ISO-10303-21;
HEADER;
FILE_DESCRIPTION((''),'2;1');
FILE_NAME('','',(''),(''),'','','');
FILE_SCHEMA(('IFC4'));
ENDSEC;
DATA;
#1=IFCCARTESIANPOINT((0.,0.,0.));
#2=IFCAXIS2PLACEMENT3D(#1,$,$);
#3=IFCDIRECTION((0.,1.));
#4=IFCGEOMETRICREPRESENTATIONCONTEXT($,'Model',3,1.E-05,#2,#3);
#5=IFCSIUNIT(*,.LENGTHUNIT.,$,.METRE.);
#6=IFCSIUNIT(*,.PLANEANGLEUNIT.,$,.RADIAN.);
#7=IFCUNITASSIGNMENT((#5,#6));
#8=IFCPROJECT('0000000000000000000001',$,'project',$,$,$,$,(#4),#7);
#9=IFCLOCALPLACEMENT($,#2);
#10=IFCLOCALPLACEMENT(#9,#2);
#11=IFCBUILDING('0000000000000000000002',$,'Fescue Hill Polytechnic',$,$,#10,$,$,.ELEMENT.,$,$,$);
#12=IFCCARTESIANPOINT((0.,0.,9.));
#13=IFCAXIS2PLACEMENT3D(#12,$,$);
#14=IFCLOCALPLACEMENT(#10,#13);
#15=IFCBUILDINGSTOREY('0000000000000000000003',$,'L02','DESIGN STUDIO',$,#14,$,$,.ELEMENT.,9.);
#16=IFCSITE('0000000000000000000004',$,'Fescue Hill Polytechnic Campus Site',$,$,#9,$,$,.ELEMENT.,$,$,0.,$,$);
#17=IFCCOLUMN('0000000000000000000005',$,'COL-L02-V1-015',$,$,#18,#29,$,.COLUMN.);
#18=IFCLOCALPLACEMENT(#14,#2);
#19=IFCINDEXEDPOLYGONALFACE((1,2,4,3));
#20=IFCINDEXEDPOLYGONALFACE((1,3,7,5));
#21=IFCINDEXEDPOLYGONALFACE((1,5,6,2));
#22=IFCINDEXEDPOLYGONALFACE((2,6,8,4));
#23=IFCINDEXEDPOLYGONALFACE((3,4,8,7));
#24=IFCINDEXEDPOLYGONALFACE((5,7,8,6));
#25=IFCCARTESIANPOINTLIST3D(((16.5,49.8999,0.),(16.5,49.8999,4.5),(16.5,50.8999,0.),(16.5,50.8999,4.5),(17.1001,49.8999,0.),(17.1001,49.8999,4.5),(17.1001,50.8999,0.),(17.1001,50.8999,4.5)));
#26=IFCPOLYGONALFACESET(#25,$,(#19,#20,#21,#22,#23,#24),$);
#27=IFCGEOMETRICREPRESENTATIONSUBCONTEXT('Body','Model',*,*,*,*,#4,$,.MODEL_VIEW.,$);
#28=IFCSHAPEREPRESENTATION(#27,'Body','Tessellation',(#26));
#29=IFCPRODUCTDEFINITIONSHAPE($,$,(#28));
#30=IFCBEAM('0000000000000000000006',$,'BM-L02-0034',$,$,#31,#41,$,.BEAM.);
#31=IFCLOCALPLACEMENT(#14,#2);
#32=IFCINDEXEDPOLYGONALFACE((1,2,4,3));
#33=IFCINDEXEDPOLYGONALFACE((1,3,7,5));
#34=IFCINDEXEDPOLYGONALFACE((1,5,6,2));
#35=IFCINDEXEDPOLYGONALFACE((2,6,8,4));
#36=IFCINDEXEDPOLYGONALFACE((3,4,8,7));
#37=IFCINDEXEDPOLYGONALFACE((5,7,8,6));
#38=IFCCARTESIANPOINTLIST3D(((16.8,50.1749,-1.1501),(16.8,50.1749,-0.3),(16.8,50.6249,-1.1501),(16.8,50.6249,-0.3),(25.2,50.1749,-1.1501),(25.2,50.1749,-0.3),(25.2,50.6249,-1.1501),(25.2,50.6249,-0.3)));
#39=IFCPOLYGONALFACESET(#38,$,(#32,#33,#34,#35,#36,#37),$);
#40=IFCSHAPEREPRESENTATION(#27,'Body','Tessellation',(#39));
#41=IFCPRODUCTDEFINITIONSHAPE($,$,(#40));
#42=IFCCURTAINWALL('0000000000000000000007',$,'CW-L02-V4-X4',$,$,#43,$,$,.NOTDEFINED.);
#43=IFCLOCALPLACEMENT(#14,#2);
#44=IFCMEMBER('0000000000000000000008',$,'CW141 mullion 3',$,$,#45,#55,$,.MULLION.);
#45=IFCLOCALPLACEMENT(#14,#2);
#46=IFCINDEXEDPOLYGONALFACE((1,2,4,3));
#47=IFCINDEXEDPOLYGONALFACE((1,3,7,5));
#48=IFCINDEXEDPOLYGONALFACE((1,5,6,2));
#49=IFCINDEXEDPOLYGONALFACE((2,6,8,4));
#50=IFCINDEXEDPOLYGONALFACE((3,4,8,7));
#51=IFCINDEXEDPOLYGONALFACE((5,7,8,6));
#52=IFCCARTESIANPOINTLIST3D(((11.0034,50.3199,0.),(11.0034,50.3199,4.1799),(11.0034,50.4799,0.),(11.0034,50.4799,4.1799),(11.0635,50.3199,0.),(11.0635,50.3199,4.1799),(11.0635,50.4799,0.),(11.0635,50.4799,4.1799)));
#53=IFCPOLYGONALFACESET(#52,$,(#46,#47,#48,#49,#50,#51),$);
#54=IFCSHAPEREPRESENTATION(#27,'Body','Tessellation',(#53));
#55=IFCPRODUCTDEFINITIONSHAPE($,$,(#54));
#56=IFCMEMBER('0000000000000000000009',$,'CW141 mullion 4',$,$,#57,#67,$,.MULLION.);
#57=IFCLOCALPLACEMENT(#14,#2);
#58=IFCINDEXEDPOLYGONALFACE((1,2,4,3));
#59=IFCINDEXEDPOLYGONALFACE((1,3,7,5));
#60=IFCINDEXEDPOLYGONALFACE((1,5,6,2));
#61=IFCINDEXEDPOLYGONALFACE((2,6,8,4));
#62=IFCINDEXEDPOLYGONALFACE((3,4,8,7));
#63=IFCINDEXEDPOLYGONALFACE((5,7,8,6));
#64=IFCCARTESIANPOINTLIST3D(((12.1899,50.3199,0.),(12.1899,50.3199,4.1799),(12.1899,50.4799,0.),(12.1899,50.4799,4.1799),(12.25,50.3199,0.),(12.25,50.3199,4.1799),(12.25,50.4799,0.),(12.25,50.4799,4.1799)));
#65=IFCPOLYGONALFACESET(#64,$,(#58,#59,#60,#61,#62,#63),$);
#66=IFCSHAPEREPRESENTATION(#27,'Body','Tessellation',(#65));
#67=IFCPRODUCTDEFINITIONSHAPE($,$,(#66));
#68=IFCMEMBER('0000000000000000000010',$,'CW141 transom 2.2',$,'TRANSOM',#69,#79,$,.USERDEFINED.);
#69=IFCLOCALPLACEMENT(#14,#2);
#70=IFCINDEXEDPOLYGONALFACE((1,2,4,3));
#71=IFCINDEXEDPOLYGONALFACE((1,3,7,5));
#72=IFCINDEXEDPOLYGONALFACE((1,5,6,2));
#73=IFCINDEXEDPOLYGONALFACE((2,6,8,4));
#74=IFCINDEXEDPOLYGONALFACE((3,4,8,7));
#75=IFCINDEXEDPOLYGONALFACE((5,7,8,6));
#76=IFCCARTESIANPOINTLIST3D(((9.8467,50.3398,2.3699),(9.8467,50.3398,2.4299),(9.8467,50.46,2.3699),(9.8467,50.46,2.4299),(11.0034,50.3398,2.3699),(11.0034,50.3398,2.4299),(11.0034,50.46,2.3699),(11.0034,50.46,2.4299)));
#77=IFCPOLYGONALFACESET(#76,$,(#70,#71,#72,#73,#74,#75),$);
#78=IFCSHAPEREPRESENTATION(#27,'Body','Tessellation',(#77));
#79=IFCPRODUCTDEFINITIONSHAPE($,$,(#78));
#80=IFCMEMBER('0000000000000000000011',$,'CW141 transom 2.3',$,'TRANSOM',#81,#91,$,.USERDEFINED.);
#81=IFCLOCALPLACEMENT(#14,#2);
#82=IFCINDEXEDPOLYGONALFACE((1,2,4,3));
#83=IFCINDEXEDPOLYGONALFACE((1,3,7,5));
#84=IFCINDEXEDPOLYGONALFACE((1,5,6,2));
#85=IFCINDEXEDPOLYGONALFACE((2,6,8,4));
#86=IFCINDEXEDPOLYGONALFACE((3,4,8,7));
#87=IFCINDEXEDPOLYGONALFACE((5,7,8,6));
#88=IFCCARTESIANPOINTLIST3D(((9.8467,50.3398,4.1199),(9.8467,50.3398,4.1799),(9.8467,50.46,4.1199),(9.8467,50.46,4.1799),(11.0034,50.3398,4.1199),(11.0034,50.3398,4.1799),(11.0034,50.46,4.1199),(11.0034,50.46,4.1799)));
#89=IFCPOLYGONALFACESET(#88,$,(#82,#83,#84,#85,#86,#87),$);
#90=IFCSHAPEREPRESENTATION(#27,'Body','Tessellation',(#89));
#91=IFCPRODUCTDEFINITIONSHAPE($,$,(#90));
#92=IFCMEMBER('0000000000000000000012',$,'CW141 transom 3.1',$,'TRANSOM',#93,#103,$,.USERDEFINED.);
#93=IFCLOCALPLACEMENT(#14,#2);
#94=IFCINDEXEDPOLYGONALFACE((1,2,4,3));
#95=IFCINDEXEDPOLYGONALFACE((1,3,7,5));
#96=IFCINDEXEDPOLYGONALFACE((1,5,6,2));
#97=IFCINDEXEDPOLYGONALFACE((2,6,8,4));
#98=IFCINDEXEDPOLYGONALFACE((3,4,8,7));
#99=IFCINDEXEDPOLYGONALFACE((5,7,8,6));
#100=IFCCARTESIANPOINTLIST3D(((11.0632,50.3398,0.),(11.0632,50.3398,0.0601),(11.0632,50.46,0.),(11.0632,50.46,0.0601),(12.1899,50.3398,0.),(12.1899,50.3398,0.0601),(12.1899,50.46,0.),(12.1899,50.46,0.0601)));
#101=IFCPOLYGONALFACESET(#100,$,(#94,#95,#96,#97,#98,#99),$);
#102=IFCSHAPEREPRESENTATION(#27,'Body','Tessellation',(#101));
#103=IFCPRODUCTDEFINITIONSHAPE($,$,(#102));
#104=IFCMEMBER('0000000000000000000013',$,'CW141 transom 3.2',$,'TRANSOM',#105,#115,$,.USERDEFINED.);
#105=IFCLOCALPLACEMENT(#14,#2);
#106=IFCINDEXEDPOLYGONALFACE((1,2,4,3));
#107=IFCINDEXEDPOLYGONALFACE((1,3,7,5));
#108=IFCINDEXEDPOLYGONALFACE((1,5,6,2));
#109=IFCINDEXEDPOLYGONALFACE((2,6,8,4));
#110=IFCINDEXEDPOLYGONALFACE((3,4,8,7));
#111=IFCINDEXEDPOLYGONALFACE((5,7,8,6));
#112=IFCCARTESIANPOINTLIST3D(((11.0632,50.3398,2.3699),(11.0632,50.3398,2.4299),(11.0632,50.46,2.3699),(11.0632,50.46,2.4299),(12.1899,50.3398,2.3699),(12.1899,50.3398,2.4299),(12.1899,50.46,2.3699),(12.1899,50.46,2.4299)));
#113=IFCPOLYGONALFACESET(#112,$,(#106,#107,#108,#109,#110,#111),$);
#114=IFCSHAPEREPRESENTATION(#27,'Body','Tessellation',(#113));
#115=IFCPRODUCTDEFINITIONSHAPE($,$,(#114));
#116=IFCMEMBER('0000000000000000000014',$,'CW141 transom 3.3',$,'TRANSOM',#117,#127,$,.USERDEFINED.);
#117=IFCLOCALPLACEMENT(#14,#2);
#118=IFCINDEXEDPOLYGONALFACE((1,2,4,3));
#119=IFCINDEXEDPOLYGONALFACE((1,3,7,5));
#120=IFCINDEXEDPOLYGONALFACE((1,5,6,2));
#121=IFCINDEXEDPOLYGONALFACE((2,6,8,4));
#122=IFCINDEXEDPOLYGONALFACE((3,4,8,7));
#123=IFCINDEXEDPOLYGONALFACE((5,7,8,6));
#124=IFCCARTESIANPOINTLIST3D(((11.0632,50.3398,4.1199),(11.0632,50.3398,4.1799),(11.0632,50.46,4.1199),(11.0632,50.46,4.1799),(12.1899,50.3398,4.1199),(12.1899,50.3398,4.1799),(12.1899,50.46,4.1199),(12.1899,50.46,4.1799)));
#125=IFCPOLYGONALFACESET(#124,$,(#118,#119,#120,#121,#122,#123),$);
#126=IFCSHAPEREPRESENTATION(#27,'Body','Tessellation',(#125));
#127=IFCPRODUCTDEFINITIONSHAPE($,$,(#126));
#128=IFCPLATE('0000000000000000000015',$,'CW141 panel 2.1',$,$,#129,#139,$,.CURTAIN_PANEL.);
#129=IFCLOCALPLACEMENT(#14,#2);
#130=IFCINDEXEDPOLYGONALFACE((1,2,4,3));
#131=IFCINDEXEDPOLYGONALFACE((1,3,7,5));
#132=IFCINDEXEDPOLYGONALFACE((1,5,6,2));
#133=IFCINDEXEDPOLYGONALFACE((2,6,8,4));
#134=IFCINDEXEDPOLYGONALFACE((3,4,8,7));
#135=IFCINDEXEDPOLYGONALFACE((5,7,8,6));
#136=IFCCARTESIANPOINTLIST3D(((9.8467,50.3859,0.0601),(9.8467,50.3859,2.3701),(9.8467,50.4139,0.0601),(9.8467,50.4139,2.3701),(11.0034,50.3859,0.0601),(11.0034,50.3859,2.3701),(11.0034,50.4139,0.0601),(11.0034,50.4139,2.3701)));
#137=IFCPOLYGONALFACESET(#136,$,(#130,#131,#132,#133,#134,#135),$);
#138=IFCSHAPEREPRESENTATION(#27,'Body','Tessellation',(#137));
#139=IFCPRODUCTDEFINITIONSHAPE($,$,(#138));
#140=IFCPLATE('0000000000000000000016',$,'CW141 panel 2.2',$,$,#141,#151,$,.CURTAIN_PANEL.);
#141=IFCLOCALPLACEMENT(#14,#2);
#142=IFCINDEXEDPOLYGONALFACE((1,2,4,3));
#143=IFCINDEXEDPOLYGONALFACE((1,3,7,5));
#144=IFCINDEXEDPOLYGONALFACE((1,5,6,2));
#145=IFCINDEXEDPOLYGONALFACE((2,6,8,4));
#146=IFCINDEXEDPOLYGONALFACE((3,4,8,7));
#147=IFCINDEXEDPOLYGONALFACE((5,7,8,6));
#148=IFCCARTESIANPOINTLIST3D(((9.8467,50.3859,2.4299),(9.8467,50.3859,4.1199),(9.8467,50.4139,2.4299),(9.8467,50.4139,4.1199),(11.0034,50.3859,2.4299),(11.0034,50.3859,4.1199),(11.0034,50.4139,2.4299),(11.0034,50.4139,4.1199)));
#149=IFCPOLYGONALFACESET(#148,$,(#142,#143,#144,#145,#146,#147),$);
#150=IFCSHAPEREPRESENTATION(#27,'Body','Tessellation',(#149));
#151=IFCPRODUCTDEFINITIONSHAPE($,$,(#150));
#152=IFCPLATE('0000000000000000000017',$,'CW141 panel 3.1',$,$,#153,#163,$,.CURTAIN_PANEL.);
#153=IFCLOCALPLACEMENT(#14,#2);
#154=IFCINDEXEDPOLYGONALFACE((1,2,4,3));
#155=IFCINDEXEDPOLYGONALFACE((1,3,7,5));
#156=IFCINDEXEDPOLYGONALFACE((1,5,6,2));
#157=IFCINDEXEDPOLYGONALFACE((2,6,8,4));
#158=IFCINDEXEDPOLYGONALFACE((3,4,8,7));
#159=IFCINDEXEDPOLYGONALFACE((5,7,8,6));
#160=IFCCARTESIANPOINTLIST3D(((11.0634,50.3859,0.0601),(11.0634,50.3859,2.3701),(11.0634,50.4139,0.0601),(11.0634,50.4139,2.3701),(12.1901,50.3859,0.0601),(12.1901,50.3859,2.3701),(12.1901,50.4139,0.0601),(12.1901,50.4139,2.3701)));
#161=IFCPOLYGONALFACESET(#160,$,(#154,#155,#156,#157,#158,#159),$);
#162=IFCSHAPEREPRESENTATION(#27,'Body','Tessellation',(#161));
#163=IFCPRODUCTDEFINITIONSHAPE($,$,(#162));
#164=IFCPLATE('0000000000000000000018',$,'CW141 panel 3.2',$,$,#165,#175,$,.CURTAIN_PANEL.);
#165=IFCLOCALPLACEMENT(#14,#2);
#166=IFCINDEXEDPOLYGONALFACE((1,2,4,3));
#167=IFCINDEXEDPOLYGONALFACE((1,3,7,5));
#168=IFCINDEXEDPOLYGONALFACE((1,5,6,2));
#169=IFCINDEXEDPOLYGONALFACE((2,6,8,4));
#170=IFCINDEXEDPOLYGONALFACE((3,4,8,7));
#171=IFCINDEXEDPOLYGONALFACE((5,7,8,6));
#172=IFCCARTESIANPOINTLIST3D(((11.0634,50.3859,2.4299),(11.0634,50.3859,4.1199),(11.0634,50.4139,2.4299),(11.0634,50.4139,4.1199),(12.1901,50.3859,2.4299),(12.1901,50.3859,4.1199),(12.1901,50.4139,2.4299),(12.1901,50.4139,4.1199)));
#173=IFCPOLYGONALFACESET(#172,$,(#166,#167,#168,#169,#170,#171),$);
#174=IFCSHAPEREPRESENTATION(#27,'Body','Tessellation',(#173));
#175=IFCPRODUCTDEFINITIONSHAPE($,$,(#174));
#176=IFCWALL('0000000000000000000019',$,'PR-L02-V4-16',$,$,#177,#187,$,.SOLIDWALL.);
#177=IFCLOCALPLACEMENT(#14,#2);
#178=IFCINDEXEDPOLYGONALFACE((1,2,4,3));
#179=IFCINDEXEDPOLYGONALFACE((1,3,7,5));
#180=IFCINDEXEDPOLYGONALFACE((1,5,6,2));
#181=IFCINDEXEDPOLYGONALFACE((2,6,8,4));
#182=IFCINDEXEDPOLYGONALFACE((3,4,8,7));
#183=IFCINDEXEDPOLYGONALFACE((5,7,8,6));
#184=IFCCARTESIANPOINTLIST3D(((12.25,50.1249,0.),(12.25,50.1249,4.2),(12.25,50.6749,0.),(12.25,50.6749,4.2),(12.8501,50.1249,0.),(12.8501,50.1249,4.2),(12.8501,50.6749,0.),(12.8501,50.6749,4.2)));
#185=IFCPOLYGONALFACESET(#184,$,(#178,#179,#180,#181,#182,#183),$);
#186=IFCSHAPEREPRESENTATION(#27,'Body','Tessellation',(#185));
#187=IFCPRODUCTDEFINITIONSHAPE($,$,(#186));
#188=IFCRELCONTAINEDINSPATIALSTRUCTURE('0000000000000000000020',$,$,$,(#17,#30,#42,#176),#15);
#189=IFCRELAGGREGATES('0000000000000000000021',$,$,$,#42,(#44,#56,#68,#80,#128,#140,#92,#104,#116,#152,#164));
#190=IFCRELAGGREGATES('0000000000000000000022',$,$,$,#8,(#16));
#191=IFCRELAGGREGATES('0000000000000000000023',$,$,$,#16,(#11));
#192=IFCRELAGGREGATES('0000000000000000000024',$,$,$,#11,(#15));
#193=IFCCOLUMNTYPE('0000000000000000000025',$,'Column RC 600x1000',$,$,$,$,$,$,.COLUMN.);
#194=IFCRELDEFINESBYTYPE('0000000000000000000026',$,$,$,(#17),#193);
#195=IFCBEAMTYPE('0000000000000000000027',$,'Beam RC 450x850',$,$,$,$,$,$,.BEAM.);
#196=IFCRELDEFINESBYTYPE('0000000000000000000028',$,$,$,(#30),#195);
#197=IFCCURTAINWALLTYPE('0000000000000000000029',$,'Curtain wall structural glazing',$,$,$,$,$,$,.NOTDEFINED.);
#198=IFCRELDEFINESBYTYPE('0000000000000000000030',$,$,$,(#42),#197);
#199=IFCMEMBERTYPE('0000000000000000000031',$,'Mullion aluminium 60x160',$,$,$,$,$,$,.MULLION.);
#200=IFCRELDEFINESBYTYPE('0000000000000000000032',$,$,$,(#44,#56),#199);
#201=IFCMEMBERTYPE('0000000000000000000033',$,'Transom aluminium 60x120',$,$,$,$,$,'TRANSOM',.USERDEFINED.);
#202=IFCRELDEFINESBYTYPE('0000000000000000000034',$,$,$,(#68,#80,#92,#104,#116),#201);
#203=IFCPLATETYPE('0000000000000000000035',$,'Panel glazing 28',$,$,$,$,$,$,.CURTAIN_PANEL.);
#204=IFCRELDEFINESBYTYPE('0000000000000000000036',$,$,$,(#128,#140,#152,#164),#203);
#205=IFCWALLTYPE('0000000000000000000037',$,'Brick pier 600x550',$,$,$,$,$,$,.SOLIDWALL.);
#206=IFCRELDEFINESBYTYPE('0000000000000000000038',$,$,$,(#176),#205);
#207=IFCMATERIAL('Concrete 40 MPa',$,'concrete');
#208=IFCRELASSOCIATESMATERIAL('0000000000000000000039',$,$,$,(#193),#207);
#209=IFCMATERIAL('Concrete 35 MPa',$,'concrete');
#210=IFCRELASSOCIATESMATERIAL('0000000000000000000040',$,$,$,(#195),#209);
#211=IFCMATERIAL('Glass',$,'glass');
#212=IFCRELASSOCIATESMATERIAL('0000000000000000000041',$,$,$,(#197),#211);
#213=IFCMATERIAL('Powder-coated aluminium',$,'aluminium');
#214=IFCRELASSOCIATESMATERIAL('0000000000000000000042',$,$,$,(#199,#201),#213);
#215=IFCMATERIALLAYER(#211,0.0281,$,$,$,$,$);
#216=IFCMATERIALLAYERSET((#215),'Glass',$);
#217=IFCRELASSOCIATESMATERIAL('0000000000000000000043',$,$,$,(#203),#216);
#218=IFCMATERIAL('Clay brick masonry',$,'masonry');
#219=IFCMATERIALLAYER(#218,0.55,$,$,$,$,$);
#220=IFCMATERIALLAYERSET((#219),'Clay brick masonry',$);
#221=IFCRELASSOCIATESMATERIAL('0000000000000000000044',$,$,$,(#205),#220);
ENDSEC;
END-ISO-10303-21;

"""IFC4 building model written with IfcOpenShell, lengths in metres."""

from ifc_helpers import new_model, si_unit, direction, frame, frame_2d, origin, origin_2d, place, context, subcontext, project, spatial, rectangle, extrude, material, layer, layer_set, material_profile, profile_set, type_object, element, aggregate, save


model = new_model("IFC4")

# Units and contexts
model_context = context("Model", 3, precision=1e-05, world=origin(), true_north=direction((0.0, 1.0)))
body_context = subcontext(model_context, "Body", "Model", "MODEL_VIEW")
ifc_project = project(units=[si_unit("LENGTHUNIT", "METRE"), si_unit("PLANEANGLEUNIT", "RADIAN")], contexts=[model_context])

# Site, building, storey
site_placement = place(None, origin())
site = spatial("IfcSite", under=ifc_project, at=site_placement, Name="Fescue Hill Polytechnic Campus Site", CompositionType="ELEMENT", RefElevation=0.0)
building_placement = place(site_placement, origin())
building = spatial("IfcBuilding", under=site, at=building_placement, Name="Fescue Hill Polytechnic", CompositionType="ELEMENT")
storey_placement = place(building_placement, frame((0.0, 0.0, 9.0)))
storey = spatial("IfcBuildingStorey", under=building, at=storey_placement, Name="L02", Description="DESIGN STUDIO", CompositionType="ELEMENT", Elevation=9.0)

# Column
ifc_material_1 = material(Name="Concrete 40 MPa", Category="concrete")
ifc_material_profile_1 = material_profile(ifc_material_1, rectangle(XDim=0.6001, YDim=1.0, at=origin_2d()), Name="RC 600x1000")
ifc_profile_set_1 = profile_set([ifc_material_profile_1], Name="Concrete 40 MPa")
column_type = type_object("IfcColumnType", Name="Column RC 600x1000", PredefinedType="COLUMN", material=ifc_profile_set_1)
column_placement = place(storey_placement, frame((16.8, 50.3999, 0.0), z_axis=(0.0, 0.0, 1.0), x_axis=(1.0, 0.0, 0.0)))
element("IfcColumn", 1, at=column_placement, inside=storey, type_object=column_type, Name="COL-L02-V1-015", PredefinedType="COLUMN", context=body_context, shape_type="SweptSolid", body=[
    extrude(rectangle(XDim=0.6001, YDim=1.0, at=origin_2d()), origin(), (0.0, 0.0, 1.0), 4.5),
])

# Beam
ifc_material_2 = material(Name="Concrete 35 MPa", Category="concrete")
ifc_material_profile_2 = material_profile(ifc_material_2, rectangle(XDim=0.45, YDim=0.8501, at=origin_2d()), Name="RC 450x850")
ifc_profile_set_2 = profile_set([ifc_material_profile_2], Name="Concrete 35 MPa")
beam_type = type_object("IfcBeamType", Name="Beam RC 450x850", PredefinedType="BEAM", material=ifc_profile_set_2)
beam_placement = place(storey_placement, frame((16.8, 50.3999, -0.7251), z_axis=(1.0, 0.0, 0.0), x_axis=(0.0, 1.0, 0.0)))
element("IfcBeam", 2, at=beam_placement, inside=storey, type_object=beam_type, Name="BM-L02-0034", PredefinedType="BEAM", context=body_context, shape_type="SweptSolid", body=[
    extrude(rectangle(XDim=0.45, YDim=0.8501, at=origin_2d()), origin(), (0.0, 0.0, 1.0), 8.3999),
])

# Curtain wall, members, plates
ifc_material_3 = material(Name="Glass", Category="glass")
curtain_wall_type = type_object("IfcCurtainWallType", Name="Curtain wall structural glazing", PredefinedType="NOTDEFINED", material=ifc_material_3)
curtain_wall_placement = place(storey_placement, origin())
curtain_wall = element("IfcCurtainWall", 3, at=curtain_wall_placement, inside=storey, type_object=curtain_wall_type, Name="CW-L02-V4-X4", PredefinedType="NOTDEFINED")
ifc_material_4 = material(Name="Powder-coated aluminium", Category="aluminium")
ifc_material_profile_3 = material_profile(ifc_material_4, rectangle(XDim=0.1599, YDim=0.0601, at=origin_2d()), Name="Mullion aluminium 60x160")
ifc_profile_set_3 = profile_set([ifc_material_profile_3], Name="Powder-coated aluminium")
member_type_1 = type_object("IfcMemberType", Name="Mullion aluminium 60x160", PredefinedType="MULLION", material=ifc_profile_set_3)
member_1_placement = place(storey_placement, frame((11.0334, 50.3999, 0.0), z_axis=(0.0, 0.0, 1.0), x_axis=(0.0, 1.0, 0.0)))
member_1 = element("IfcMember", 4, at=member_1_placement, type_object=member_type_1, Name="CW141 mullion 3", PredefinedType="MULLION", context=body_context, shape_type="SweptSolid", body=[
    extrude(rectangle(XDim=0.1599, YDim=0.0601, at=origin_2d()), origin(), (0.0, 0.0, 1.0), 4.1799),
])
member_2_placement = place(storey_placement, frame((12.22, 50.3999, 0.0), z_axis=(0.0, 0.0, 1.0), x_axis=(0.0, 1.0, 0.0)))
member_2 = element("IfcMember", 5, at=member_2_placement, type_object=member_type_1, Name="CW141 mullion 4", PredefinedType="MULLION", context=body_context, shape_type="SweptSolid", body=[
    extrude(rectangle(XDim=0.1599, YDim=0.0601, at=origin_2d()), origin(), (0.0, 0.0, 1.0), 4.1799),
])
ifc_material_profile_4 = material_profile(ifc_material_4, rectangle(XDim=0.1201, YDim=0.0601, at=origin_2d()), Name="Transom aluminium 60x120")
ifc_profile_set_4 = profile_set([ifc_material_profile_4], Name="Powder-coated aluminium")
member_type_2 = type_object("IfcMemberType", Name="Transom aluminium 60x120", ElementType="TRANSOM", PredefinedType="USERDEFINED", material=ifc_profile_set_4)
member_3_placement = place(storey_placement, frame((9.8467, 50.3999, 2.3999), z_axis=(1.0, 0.0, 0.0), x_axis=(0.0, 1.0, 0.0)))
member_3 = element("IfcMember", 6, at=member_3_placement, type_object=member_type_2, Name="CW141 transom 2.2", ObjectType="TRANSOM", PredefinedType="USERDEFINED", context=body_context, shape_type="SweptSolid", body=[
    extrude(rectangle(XDim=0.1201, YDim=0.0601, at=origin_2d()), origin(), (0.0, 0.0, 1.0), 1.1567),
])
member_4_placement = place(storey_placement, frame((9.8467, 50.3999, 4.1499), z_axis=(1.0, 0.0, 0.0), x_axis=(0.0, 1.0, 0.0)))
member_4 = element("IfcMember", 7, at=member_4_placement, type_object=member_type_2, Name="CW141 transom 2.3", ObjectType="TRANSOM", PredefinedType="USERDEFINED", context=body_context, shape_type="SweptSolid", body=[
    extrude(rectangle(XDim=0.1201, YDim=0.0601, at=origin_2d()), origin(), (0.0, 0.0, 1.0), 1.1567),
])
member_5_placement = place(storey_placement, frame((11.0632, 50.3999, 0.03), z_axis=(1.0, 0.0, 0.0), x_axis=(0.0, 1.0, 0.0)))
member_5 = element("IfcMember", 8, at=member_5_placement, type_object=member_type_2, Name="CW141 transom 3.1", ObjectType="TRANSOM", PredefinedType="USERDEFINED", context=body_context, shape_type="SweptSolid", body=[
    extrude(rectangle(XDim=0.1201, YDim=0.0601, at=origin_2d()), origin(), (0.0, 0.0, 1.0), 1.1267),
])
member_6_placement = place(storey_placement, frame((11.0632, 50.3999, 2.3999), z_axis=(1.0, 0.0, 0.0), x_axis=(0.0, 1.0, 0.0)))
member_6 = element("IfcMember", 9, at=member_6_placement, type_object=member_type_2, Name="CW141 transom 3.2", ObjectType="TRANSOM", PredefinedType="USERDEFINED", context=body_context, shape_type="SweptSolid", body=[
    extrude(rectangle(XDim=0.1201, YDim=0.0601, at=origin_2d()), origin(), (0.0, 0.0, 1.0), 1.1267),
])
member_7_placement = place(storey_placement, frame((11.0632, 50.3999, 4.1499), z_axis=(1.0, 0.0, 0.0), x_axis=(0.0, 1.0, 0.0)))
member_7 = element("IfcMember", 10, at=member_7_placement, type_object=member_type_2, Name="CW141 transom 3.3", ObjectType="TRANSOM", PredefinedType="USERDEFINED", context=body_context, shape_type="SweptSolid", body=[
    extrude(rectangle(XDim=0.1201, YDim=0.0601, at=origin_2d()), origin(), (0.0, 0.0, 1.0), 1.1267),
])
ifc_layer_1 = layer(ifc_material_3, 0.0281)
ifc_layer_set_1 = layer_set([ifc_layer_1], Name="Glass")
plate_type = type_object("IfcPlateType", Name="Panel glazing 28", PredefinedType="CURTAIN_PANEL", material=ifc_layer_set_1)
plate_1_placement = place(storey_placement, frame((10.425, 50.3999, 0.0601), z_axis=(0.0, 0.0, 1.0), x_axis=(1.0, 0.0, 0.0)))
plate_1 = element("IfcPlate", 11, at=plate_1_placement, type_object=plate_type, Name="CW141 panel 2.1", PredefinedType="CURTAIN_PANEL", context=body_context, shape_type="SweptSolid", body=[
    extrude(rectangle(XDim=1.1567, YDim=0.0281, at=origin_2d()), origin(), (0.0, 0.0, 1.0), 2.3101),
])
plate_2_placement = place(storey_placement, frame((10.425, 50.3999, 2.4299), z_axis=(0.0, 0.0, 1.0), x_axis=(1.0, 0.0, 0.0)))
plate_2 = element("IfcPlate", 12, at=plate_2_placement, type_object=plate_type, Name="CW141 panel 2.2", PredefinedType="CURTAIN_PANEL", context=body_context, shape_type="SweptSolid", body=[
    extrude(rectangle(XDim=1.1567, YDim=0.0281, at=origin_2d()), origin(), (0.0, 0.0, 1.0), 1.6899),
])
plate_3_placement = place(storey_placement, frame((11.6267, 50.3999, 0.0601), z_axis=(0.0, 0.0, 1.0), x_axis=(1.0, 0.0, 0.0)))
plate_3 = element("IfcPlate", 13, at=plate_3_placement, type_object=plate_type, Name="CW141 panel 3.1", PredefinedType="CURTAIN_PANEL", context=body_context, shape_type="SweptSolid", body=[
    extrude(rectangle(XDim=1.1267, YDim=0.0281, at=origin_2d()), origin(), (0.0, 0.0, 1.0), 2.3101),
])
plate_4_placement = place(storey_placement, frame((11.6267, 50.3999, 2.4299), z_axis=(0.0, 0.0, 1.0), x_axis=(1.0, 0.0, 0.0)))
plate_4 = element("IfcPlate", 14, at=plate_4_placement, type_object=plate_type, Name="CW141 panel 3.2", PredefinedType="CURTAIN_PANEL", context=body_context, shape_type="SweptSolid", body=[
    extrude(rectangle(XDim=1.1267, YDim=0.0281, at=origin_2d()), origin(), (0.0, 0.0, 1.0), 1.6899),
])
aggregate(curtain_wall, [member_1, member_2, member_3, member_4, plate_1, plate_2, member_5, member_6, member_7, plate_3, plate_4])

# Wall
ifc_material_5 = material(Name="Clay brick masonry", Category="masonry")
ifc_layer_2 = layer(ifc_material_5, 0.55)
ifc_layer_set_2 = layer_set([ifc_layer_2], Name="Clay brick masonry")
wall_type_1 = type_object("IfcWallType", Name="Brick pier 600x550", PredefinedType="SOLIDWALL", material=ifc_layer_set_2)
wall_1_placement = place(storey_placement, frame((12.25, 50.3999, 0.0), z_axis=(0.0, 0.0, 1.0), x_axis=(1.0, 0.0, 0.0)))
element("IfcWall", 15, at=wall_1_placement, inside=storey, type_object=wall_type_1, Name="PR-L02-V4-16", PredefinedType="SOLIDWALL", context=body_context, shape_type="SweptSolid", body=[
    extrude(rectangle(XDim=0.6001, YDim=0.55, at=frame_2d((0.3, 0.0))), origin(), (0.0, 0.0, 1.0), 4.2),
])

save(model, "model.ifc")
